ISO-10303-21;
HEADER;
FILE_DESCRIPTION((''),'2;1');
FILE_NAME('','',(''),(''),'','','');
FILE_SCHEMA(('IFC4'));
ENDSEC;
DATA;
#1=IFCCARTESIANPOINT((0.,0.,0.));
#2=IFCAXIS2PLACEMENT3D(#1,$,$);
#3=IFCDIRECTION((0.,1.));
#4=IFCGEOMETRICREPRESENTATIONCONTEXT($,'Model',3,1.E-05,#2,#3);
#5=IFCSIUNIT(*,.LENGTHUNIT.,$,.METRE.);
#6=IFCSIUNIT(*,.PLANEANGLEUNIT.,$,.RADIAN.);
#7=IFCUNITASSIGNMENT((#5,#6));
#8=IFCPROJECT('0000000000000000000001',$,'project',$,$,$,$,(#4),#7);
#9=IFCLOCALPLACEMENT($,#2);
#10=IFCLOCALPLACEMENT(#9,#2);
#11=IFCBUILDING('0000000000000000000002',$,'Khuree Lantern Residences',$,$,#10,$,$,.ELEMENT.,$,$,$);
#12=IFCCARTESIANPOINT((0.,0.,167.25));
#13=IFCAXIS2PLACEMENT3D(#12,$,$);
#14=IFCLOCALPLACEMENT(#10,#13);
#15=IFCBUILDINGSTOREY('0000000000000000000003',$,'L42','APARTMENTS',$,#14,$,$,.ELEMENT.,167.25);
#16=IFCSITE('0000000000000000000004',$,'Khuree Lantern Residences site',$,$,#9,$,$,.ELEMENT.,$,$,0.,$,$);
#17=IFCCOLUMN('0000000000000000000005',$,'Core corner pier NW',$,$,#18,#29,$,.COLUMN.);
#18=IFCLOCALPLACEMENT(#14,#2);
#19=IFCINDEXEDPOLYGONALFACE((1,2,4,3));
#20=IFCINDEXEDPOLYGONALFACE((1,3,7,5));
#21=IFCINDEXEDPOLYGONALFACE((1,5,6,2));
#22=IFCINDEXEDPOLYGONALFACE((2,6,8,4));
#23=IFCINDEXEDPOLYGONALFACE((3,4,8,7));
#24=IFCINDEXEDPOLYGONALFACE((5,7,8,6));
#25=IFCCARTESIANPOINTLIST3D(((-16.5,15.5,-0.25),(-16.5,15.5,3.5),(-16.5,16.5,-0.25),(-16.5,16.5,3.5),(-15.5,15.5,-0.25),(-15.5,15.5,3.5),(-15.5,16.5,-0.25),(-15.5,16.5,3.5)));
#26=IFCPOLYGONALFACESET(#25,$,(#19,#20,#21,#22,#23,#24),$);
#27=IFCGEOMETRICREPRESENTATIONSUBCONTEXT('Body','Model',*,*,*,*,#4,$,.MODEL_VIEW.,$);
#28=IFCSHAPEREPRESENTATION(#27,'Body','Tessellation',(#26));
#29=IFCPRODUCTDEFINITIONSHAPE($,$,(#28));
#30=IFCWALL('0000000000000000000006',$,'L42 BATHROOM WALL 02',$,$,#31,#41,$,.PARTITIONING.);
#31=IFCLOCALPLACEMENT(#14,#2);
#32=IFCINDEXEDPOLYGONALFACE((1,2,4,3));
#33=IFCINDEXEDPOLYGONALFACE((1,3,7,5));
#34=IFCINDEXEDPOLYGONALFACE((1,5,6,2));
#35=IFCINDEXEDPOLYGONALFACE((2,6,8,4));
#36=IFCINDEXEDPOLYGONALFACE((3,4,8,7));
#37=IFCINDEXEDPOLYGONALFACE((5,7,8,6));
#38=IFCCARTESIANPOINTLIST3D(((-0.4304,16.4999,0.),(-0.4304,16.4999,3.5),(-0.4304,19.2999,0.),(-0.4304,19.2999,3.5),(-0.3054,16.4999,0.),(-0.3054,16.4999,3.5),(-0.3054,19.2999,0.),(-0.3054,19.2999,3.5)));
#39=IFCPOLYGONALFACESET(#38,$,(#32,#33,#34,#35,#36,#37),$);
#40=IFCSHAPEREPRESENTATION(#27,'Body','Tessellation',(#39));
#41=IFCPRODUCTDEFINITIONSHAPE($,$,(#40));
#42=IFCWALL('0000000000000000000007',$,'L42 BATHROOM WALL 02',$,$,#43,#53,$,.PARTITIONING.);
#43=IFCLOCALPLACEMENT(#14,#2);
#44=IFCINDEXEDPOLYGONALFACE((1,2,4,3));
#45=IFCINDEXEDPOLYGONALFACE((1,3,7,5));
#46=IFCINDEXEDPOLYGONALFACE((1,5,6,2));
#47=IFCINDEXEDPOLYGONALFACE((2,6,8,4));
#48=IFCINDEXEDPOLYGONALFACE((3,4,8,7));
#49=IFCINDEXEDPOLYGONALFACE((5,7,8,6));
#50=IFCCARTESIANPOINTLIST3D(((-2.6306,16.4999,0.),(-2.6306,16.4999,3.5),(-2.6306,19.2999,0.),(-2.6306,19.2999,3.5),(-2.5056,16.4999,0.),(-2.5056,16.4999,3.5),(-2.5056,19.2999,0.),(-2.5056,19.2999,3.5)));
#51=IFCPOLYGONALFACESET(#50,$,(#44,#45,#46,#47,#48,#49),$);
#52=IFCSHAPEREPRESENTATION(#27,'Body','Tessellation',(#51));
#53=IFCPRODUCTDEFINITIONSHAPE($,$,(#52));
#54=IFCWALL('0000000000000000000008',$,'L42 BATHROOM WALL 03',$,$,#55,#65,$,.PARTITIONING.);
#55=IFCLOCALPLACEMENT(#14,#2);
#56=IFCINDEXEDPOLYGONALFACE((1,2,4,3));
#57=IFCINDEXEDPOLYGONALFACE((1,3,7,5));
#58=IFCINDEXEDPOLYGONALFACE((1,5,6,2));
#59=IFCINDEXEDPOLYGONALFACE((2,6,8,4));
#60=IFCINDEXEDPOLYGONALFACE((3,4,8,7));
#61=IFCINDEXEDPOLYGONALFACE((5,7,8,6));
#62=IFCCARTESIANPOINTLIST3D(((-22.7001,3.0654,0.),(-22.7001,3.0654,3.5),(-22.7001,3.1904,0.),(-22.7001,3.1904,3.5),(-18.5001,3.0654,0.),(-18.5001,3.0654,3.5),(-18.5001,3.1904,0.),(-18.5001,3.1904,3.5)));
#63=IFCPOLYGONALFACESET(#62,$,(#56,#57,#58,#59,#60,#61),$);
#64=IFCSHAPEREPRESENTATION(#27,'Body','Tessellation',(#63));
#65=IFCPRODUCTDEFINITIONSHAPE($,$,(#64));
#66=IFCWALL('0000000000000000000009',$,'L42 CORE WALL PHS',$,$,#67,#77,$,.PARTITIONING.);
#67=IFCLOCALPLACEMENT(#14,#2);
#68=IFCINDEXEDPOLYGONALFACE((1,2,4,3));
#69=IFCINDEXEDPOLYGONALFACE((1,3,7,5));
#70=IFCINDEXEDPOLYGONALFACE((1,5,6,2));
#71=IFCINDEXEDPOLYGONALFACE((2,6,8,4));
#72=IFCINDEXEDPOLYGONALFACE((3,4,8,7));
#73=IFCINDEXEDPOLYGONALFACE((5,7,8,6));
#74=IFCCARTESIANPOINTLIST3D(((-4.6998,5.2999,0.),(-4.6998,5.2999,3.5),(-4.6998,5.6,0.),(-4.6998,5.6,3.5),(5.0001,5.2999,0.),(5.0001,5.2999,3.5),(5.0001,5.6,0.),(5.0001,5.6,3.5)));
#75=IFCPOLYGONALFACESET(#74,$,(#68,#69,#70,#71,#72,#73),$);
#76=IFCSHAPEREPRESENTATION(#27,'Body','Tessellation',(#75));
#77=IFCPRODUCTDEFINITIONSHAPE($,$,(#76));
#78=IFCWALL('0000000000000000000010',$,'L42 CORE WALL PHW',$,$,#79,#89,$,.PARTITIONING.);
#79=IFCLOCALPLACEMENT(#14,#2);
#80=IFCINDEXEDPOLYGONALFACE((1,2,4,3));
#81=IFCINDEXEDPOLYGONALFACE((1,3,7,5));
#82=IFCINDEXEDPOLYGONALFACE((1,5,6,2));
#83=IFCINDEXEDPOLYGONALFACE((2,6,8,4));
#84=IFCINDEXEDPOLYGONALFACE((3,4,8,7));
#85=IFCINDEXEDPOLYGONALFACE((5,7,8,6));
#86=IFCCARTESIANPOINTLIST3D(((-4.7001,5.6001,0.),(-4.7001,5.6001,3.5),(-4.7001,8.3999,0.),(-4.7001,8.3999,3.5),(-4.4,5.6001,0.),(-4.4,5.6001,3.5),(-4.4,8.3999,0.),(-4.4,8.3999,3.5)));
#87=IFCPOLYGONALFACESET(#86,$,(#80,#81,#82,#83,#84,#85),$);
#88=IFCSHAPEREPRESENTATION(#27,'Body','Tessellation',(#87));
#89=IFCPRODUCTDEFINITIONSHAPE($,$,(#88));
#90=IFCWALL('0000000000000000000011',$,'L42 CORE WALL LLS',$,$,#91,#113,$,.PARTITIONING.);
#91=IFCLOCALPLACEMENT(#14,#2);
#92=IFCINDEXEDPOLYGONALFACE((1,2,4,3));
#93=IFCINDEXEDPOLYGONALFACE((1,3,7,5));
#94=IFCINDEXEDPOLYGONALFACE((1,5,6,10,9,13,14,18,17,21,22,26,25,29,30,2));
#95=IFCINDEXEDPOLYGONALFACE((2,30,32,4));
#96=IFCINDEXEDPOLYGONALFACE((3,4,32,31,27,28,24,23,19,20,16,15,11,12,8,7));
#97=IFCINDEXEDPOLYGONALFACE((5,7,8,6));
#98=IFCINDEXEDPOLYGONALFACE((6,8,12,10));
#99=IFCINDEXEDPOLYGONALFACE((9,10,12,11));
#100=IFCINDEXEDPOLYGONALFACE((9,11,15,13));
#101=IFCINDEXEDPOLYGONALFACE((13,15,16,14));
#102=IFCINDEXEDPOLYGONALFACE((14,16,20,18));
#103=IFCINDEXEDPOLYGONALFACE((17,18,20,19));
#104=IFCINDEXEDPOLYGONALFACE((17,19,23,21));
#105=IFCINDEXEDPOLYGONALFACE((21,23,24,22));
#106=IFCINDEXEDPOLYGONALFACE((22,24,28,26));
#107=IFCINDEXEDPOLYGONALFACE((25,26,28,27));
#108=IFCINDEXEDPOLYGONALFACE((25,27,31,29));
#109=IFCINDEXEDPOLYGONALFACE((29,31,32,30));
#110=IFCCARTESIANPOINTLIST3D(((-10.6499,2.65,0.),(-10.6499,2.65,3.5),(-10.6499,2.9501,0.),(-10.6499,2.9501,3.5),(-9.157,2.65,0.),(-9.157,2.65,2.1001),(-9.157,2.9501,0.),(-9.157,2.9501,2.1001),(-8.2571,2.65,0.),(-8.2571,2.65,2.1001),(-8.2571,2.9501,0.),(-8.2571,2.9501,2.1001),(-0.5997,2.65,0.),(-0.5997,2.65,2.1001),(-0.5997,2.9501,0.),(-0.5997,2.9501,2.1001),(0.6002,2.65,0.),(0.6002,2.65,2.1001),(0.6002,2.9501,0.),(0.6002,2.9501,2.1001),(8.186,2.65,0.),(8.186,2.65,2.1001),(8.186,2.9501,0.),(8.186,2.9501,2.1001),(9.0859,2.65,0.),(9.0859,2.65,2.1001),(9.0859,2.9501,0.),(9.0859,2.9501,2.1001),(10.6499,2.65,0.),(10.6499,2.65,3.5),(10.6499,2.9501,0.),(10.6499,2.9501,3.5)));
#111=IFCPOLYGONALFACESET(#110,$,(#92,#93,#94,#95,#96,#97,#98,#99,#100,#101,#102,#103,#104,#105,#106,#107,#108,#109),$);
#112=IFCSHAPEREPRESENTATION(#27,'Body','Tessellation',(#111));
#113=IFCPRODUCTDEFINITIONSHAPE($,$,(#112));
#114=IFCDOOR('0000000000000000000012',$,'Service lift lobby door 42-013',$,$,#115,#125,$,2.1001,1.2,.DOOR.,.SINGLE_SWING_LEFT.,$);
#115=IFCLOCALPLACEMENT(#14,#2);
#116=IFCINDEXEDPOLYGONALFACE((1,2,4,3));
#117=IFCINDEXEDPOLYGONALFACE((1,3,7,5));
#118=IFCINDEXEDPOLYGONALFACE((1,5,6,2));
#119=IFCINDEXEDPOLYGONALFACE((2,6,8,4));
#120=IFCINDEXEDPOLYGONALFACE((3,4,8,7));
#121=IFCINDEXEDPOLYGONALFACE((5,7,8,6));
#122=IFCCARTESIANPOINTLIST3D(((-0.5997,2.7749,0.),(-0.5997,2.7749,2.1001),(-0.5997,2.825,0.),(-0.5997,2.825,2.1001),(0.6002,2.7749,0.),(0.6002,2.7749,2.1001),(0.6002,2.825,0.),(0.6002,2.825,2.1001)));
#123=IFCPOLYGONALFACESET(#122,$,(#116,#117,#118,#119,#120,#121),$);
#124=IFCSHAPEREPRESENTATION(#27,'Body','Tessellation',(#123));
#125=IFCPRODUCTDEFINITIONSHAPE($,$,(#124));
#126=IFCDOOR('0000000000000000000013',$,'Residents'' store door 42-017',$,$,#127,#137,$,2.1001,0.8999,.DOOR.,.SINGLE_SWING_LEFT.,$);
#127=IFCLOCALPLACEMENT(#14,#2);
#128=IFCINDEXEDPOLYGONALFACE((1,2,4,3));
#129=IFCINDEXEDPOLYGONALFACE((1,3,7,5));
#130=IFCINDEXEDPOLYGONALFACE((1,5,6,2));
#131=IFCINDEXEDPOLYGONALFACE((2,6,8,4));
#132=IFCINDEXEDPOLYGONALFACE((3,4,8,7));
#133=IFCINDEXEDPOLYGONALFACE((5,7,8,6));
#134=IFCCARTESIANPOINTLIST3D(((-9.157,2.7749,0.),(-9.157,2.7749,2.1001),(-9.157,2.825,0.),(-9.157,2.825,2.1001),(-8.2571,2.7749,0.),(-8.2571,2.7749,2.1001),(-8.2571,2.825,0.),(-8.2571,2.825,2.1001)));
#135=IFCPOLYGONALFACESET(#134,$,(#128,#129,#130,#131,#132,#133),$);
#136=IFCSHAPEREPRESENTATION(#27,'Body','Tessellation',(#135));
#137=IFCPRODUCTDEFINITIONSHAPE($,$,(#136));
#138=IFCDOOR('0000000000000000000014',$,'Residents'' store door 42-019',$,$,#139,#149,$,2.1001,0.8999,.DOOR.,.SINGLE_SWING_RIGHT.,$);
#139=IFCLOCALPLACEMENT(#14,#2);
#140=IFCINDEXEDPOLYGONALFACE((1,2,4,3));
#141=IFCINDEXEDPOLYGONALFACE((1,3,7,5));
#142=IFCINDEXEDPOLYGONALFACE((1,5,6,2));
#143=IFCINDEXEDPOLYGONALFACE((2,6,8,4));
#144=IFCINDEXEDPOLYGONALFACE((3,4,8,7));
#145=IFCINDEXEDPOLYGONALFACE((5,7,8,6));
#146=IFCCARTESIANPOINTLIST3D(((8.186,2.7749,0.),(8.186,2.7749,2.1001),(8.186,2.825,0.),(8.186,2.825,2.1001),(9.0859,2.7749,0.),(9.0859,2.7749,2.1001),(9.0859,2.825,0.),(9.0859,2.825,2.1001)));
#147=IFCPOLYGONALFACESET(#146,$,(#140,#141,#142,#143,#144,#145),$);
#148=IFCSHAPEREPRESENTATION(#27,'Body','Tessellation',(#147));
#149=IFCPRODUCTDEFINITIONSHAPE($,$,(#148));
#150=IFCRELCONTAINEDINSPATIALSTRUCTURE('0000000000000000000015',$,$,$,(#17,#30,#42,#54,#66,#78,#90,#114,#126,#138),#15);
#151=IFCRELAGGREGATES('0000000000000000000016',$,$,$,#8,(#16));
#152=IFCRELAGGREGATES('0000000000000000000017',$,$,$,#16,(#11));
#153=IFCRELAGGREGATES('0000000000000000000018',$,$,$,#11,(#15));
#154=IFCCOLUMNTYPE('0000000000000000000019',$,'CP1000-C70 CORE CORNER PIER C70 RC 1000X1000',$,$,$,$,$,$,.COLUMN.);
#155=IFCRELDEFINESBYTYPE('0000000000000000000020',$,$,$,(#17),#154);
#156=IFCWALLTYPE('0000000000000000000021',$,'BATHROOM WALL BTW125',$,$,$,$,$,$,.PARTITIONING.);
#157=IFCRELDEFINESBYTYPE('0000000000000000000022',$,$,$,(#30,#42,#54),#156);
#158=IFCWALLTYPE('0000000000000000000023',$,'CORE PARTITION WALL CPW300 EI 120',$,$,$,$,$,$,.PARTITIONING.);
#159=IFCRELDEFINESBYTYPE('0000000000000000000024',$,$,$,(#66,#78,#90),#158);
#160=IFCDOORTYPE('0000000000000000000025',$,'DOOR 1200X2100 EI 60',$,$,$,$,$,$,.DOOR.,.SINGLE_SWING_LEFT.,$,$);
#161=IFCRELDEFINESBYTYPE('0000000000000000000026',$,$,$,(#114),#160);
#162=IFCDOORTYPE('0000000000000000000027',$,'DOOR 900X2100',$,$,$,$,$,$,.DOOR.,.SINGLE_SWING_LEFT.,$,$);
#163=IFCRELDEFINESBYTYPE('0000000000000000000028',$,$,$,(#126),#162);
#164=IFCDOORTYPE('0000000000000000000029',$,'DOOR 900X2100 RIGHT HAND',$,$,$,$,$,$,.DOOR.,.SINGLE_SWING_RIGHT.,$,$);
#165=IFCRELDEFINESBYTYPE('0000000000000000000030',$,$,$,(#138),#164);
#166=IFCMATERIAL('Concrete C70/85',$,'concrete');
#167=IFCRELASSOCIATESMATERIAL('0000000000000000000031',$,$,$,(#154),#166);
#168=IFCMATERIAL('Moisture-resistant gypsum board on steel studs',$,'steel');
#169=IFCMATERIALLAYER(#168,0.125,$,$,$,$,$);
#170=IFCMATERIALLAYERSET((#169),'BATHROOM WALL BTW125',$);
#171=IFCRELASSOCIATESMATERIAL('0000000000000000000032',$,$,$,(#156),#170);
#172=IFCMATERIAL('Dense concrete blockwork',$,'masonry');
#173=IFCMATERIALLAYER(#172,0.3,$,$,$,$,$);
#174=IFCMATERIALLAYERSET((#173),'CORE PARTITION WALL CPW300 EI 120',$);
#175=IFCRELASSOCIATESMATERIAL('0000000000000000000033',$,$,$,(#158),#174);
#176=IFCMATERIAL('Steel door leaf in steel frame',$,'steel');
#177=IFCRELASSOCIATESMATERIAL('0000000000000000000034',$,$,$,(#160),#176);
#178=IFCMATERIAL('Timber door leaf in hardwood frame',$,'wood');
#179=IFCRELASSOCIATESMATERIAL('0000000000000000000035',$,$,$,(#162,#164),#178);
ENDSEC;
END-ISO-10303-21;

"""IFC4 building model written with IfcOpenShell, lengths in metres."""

from ifc_helpers import new_model, si_unit, direction, frame, frame_2d, origin, origin_2d, place, context, subcontext, project, spatial, rectangle, extrude, material, layer, layer_set, material_profile, profile_set, type_object, element, fill, save


model = new_model("IFC4")

# Units and contexts
model_context = context("Model", 3, precision=1e-05, world=origin(), true_north=direction((0.0, 1.0)))
body_context = subcontext(model_context, "Body", "Model", "MODEL_VIEW")
ifc_project = project(units=[si_unit("LENGTHUNIT", "METRE"), si_unit("PLANEANGLEUNIT", "RADIAN")], contexts=[model_context])

# Site, building, storey
site_placement = place(None, origin())
site = spatial("IfcSite", under=ifc_project, at=site_placement, Name="Khuree Lantern Residences site", CompositionType="ELEMENT", RefElevation=0.0)
building_placement = place(site_placement, origin())
building = spatial("IfcBuilding", under=site, at=building_placement, Name="Khuree Lantern Residences", CompositionType="ELEMENT")
storey_placement = place(building_placement, frame((0.0, 0.0, 167.25)))
storey = spatial("IfcBuildingStorey", under=building, at=storey_placement, Name="L42", Description="APARTMENTS", CompositionType="ELEMENT", Elevation=167.25)

# Column
ifc_material_1 = material(Name="Concrete C70/85", Category="concrete")
ifc_material_profile = material_profile(ifc_material_1, rectangle(XDim=1.0, YDim=1.0, at=origin_2d()), Name="RC 1000X1000")
ifc_profile_set = profile_set([ifc_material_profile], Name="Concrete C70/85")
column_type = type_object("IfcColumnType", Name="CP1000-C70 CORE CORNER PIER C70 RC 1000X1000", PredefinedType="COLUMN", material=ifc_profile_set)
column_placement = place(storey_placement, frame((-16.0, 16.0, -0.25), z_axis=(0.0, 0.0, 1.0), x_axis=(1.0, 0.0, 0.0)))
element("IfcColumn", 1, at=column_placement, inside=storey, type_object=column_type, Name="Core corner pier NW", PredefinedType="COLUMN", context=body_context, shape_type="SweptSolid", body=[
    extrude(rectangle(XDim=1.0, YDim=1.0, at=origin_2d()), origin(), (0.0, 0.0, 1.0), 3.75),
])

# Walls
ifc_material_2 = material(Name="Moisture-resistant gypsum board on steel studs", Category="steel")
ifc_layer_1 = layer(ifc_material_2, 0.125)
ifc_layer_set_1 = layer_set([ifc_layer_1], Name="BATHROOM WALL BTW125")
wall_type_1 = type_object("IfcWallType", Name="BATHROOM WALL BTW125", PredefinedType="PARTITIONING", material=ifc_layer_set_1)
for number, where, z_axis, x_axis, name in (
    (2, (-0.3679, 16.5, 0.0), (0.0, 0.0, 1.0), (0.0, 1.0, 0.0), "L42 BATHROOM WALL 02"),
    (3, (-2.5681, 16.5, 0.0), (0.0, 0.0, 1.0), (0.0, 1.0, 0.0), "L42 BATHROOM WALL 02"),
):
    element("IfcWall", number, at=place(storey_placement, frame(where, z_axis=z_axis, x_axis=x_axis)), inside=storey, type_object=wall_type_1, Name=name, PredefinedType="PARTITIONING", context=body_context, shape_type="SweptSolid", body=[
        extrude(rectangle(XDim=2.8, YDim=0.125, at=frame_2d((1.3999, 0.0))), origin(), (0.0, 0.0, 1.0), 3.5),
    ])
wall_1_placement = place(storey_placement, frame((-18.5, 3.1279, 0.0), z_axis=(0.0, 0.0, 1.0), x_axis=(-1.0, 0.0, 0.0)))
element("IfcWall", 4, at=wall_1_placement, inside=storey, type_object=wall_type_1, Name="L42 BATHROOM WALL 03", PredefinedType="PARTITIONING", context=body_context, shape_type="SweptSolid", body=[
    extrude(rectangle(XDim=4.2, YDim=0.125, at=frame_2d((2.1001, 0.0))), origin(), (0.0, 0.0, 1.0), 3.5),
])
ifc_material_3 = material(Name="Dense concrete blockwork", Category="masonry")
ifc_layer_2 = layer(ifc_material_3, 0.3)
ifc_layer_set_2 = layer_set([ifc_layer_2], Name="CORE PARTITION WALL CPW300 EI 120")
wall_type_2 = type_object("IfcWallType", Name="CORE PARTITION WALL CPW300 EI 120", PredefinedType="PARTITIONING", material=ifc_layer_set_2)
wall_2_placement = place(storey_placement, frame((-4.7, 5.45, 0.0), z_axis=(0.0, 0.0, 1.0), x_axis=(1.0, 0.0, 0.0)))
element("IfcWall", 5, at=wall_2_placement, inside=storey, type_object=wall_type_2, Name="L42 CORE WALL PHS", PredefinedType="PARTITIONING", context=body_context, shape_type="SweptSolid", body=[
    extrude(rectangle(XDim=9.7, YDim=0.3, at=frame_2d((4.8501, 0.0))), origin(), (0.0, 0.0, 1.0), 3.5),
])
wall_3_placement = place(storey_placement, frame((-4.55, 5.6001, 0.0), z_axis=(0.0, 0.0, 1.0), x_axis=(0.0, 1.0, 0.0)))
element("IfcWall", 6, at=wall_3_placement, inside=storey, type_object=wall_type_2, Name="L42 CORE WALL PHW", PredefinedType="PARTITIONING", context=body_context, shape_type="SweptSolid", body=[
    extrude(rectangle(XDim=2.7998, YDim=0.3, at=frame_2d((1.3999, 0.0))), origin(), (0.0, 0.0, 1.0), 3.5),
])

# Wall, openings, doors
wall_4_placement = place(storey_placement, frame((-10.6499, 2.8, 0.0), z_axis=(0.0, 0.0, 1.0), x_axis=(1.0, 0.0, 0.0)))
wall_4 = element("IfcWall", 7, at=wall_4_placement, inside=storey, type_object=wall_type_2, Name="L42 CORE WALL LLS", PredefinedType="PARTITIONING", context=body_context, shape_type="SweptSolid", body=[
    extrude(rectangle(XDim=21.2998, YDim=0.3, at=frame_2d((10.6499, 0.0))), origin(), (0.0, 0.0, 1.0), 3.5),
])
opening_1_placement = place(wall_4_placement, frame((10.05, 0.0, 0.0)))
opening_1 = element("IfcOpeningElement", 8, at=opening_1_placement, cuts=wall_4, PredefinedType="OPENING", context=body_context, shape_type="SweptSolid", body=[
    extrude(rectangle(XDim=1.2, YDim=2.1001, at=frame_2d((0.6001, 1.05))), frame((0.0, 0.1602, 0.0), z_axis=(0.0, -1.0, 0.0), x_axis=(1.0, 0.0, 0.0)), (0.0, 0.0, 1.0), 0.3201),
])
opening_2_placement = place(wall_4_placement, frame((1.4929, 0.0, 0.0)))
opening_2 = element("IfcOpeningElement", 9, at=opening_2_placement, cuts=wall_4, PredefinedType="OPENING", context=body_context, shape_type="SweptSolid", body=[
    extrude(rectangle(XDim=0.8999, YDim=2.1001, at=frame_2d((0.45, 1.05))), frame((0.0, 0.1602, 0.0), z_axis=(0.0, -1.0, 0.0), x_axis=(1.0, 0.0, 0.0)), (0.0, 0.0, 1.0), 0.3201),
])
opening_3_placement = place(wall_4_placement, frame((18.8359, 0.0, 0.0)))
opening_3 = element("IfcOpeningElement", 10, at=opening_3_placement, cuts=wall_4, PredefinedType="OPENING", context=body_context, shape_type="SweptSolid", body=[
    extrude(rectangle(XDim=0.8999, YDim=2.1001, at=frame_2d((0.45, 1.05))), frame((0.0, 0.1602, 0.0), z_axis=(0.0, -1.0, 0.0), x_axis=(1.0, 0.0, 0.0)), (0.0, 0.0, 1.0), 0.3201),
])
ifc_material_4 = material(Name="Steel door leaf in steel frame", Category="steel")
door_type_1 = type_object("IfcDoorType", Name="DOOR 1200X2100 EI 60", OperationType="SINGLE_SWING_LEFT", PredefinedType="DOOR", material=ifc_material_4)
door_1_placement = place(opening_1_placement, origin())
door_1 = element("IfcDoor", 11, at=door_1_placement, inside=storey, type_object=door_type_1, Name="Service lift lobby door 42-013", OperationType="SINGLE_SWING_LEFT", OverallHeight=2.1001, OverallWidth=1.2, PredefinedType="DOOR", context=body_context, shape_type="SweptSolid", body=[
    extrude(rectangle(XDim=1.2, YDim=2.1001, at=frame_2d((0.6001, 1.05))), frame((0.0, 0.0249, 0.0), z_axis=(0.0, -1.0, 0.0), x_axis=(1.0, 0.0, 0.0)), (0.0, 0.0, 1.0), 0.05),
])
fill(opening_1, door_1)
ifc_material_5 = material(Name="Timber door leaf in hardwood frame", Category="wood")
door_type_2 = type_object("IfcDoorType", Name="DOOR 900X2100", OperationType="SINGLE_SWING_LEFT", PredefinedType="DOOR", material=ifc_material_5)
door_2_placement = place(opening_2_placement, origin())
door_2 = element("IfcDoor", 12, at=door_2_placement, inside=storey, type_object=door_type_2, Name="Residents' store door 42-017", OperationType="SINGLE_SWING_LEFT", OverallHeight=2.1001, OverallWidth=0.8999, PredefinedType="DOOR", context=body_context, shape_type="SweptSolid", body=[
    extrude(rectangle(XDim=0.8999, YDim=2.1001, at=frame_2d((0.45, 1.05))), frame((0.0, 0.0249, 0.0), z_axis=(0.0, -1.0, 0.0), x_axis=(1.0, 0.0, 0.0)), (0.0, 0.0, 1.0), 0.05),
])
fill(opening_2, door_2)
door_type_3 = type_object("IfcDoorType", Name="DOOR 900X2100 RIGHT HAND", OperationType="SINGLE_SWING_RIGHT", PredefinedType="DOOR", material=ifc_material_5)
door_3_placement = place(opening_3_placement, origin())
door_3 = element("IfcDoor", 13, at=door_3_placement, inside=storey, type_object=door_type_3, Name="Residents' store door 42-019", OperationType="SINGLE_SWING_RIGHT", OverallHeight=2.1001, OverallWidth=0.8999, PredefinedType="DOOR", context=body_context, shape_type="SweptSolid", body=[
    extrude(rectangle(XDim=0.8999, YDim=2.1001, at=frame_2d((0.45, 1.05))), frame((0.0, 0.0249, 0.0), z_axis=(0.0, -1.0, 0.0), x_axis=(1.0, 0.0, 0.0)), (0.0, 0.0, 1.0), 0.05),
])
fill(opening_3, door_3)

save(model, "model.ifc")
